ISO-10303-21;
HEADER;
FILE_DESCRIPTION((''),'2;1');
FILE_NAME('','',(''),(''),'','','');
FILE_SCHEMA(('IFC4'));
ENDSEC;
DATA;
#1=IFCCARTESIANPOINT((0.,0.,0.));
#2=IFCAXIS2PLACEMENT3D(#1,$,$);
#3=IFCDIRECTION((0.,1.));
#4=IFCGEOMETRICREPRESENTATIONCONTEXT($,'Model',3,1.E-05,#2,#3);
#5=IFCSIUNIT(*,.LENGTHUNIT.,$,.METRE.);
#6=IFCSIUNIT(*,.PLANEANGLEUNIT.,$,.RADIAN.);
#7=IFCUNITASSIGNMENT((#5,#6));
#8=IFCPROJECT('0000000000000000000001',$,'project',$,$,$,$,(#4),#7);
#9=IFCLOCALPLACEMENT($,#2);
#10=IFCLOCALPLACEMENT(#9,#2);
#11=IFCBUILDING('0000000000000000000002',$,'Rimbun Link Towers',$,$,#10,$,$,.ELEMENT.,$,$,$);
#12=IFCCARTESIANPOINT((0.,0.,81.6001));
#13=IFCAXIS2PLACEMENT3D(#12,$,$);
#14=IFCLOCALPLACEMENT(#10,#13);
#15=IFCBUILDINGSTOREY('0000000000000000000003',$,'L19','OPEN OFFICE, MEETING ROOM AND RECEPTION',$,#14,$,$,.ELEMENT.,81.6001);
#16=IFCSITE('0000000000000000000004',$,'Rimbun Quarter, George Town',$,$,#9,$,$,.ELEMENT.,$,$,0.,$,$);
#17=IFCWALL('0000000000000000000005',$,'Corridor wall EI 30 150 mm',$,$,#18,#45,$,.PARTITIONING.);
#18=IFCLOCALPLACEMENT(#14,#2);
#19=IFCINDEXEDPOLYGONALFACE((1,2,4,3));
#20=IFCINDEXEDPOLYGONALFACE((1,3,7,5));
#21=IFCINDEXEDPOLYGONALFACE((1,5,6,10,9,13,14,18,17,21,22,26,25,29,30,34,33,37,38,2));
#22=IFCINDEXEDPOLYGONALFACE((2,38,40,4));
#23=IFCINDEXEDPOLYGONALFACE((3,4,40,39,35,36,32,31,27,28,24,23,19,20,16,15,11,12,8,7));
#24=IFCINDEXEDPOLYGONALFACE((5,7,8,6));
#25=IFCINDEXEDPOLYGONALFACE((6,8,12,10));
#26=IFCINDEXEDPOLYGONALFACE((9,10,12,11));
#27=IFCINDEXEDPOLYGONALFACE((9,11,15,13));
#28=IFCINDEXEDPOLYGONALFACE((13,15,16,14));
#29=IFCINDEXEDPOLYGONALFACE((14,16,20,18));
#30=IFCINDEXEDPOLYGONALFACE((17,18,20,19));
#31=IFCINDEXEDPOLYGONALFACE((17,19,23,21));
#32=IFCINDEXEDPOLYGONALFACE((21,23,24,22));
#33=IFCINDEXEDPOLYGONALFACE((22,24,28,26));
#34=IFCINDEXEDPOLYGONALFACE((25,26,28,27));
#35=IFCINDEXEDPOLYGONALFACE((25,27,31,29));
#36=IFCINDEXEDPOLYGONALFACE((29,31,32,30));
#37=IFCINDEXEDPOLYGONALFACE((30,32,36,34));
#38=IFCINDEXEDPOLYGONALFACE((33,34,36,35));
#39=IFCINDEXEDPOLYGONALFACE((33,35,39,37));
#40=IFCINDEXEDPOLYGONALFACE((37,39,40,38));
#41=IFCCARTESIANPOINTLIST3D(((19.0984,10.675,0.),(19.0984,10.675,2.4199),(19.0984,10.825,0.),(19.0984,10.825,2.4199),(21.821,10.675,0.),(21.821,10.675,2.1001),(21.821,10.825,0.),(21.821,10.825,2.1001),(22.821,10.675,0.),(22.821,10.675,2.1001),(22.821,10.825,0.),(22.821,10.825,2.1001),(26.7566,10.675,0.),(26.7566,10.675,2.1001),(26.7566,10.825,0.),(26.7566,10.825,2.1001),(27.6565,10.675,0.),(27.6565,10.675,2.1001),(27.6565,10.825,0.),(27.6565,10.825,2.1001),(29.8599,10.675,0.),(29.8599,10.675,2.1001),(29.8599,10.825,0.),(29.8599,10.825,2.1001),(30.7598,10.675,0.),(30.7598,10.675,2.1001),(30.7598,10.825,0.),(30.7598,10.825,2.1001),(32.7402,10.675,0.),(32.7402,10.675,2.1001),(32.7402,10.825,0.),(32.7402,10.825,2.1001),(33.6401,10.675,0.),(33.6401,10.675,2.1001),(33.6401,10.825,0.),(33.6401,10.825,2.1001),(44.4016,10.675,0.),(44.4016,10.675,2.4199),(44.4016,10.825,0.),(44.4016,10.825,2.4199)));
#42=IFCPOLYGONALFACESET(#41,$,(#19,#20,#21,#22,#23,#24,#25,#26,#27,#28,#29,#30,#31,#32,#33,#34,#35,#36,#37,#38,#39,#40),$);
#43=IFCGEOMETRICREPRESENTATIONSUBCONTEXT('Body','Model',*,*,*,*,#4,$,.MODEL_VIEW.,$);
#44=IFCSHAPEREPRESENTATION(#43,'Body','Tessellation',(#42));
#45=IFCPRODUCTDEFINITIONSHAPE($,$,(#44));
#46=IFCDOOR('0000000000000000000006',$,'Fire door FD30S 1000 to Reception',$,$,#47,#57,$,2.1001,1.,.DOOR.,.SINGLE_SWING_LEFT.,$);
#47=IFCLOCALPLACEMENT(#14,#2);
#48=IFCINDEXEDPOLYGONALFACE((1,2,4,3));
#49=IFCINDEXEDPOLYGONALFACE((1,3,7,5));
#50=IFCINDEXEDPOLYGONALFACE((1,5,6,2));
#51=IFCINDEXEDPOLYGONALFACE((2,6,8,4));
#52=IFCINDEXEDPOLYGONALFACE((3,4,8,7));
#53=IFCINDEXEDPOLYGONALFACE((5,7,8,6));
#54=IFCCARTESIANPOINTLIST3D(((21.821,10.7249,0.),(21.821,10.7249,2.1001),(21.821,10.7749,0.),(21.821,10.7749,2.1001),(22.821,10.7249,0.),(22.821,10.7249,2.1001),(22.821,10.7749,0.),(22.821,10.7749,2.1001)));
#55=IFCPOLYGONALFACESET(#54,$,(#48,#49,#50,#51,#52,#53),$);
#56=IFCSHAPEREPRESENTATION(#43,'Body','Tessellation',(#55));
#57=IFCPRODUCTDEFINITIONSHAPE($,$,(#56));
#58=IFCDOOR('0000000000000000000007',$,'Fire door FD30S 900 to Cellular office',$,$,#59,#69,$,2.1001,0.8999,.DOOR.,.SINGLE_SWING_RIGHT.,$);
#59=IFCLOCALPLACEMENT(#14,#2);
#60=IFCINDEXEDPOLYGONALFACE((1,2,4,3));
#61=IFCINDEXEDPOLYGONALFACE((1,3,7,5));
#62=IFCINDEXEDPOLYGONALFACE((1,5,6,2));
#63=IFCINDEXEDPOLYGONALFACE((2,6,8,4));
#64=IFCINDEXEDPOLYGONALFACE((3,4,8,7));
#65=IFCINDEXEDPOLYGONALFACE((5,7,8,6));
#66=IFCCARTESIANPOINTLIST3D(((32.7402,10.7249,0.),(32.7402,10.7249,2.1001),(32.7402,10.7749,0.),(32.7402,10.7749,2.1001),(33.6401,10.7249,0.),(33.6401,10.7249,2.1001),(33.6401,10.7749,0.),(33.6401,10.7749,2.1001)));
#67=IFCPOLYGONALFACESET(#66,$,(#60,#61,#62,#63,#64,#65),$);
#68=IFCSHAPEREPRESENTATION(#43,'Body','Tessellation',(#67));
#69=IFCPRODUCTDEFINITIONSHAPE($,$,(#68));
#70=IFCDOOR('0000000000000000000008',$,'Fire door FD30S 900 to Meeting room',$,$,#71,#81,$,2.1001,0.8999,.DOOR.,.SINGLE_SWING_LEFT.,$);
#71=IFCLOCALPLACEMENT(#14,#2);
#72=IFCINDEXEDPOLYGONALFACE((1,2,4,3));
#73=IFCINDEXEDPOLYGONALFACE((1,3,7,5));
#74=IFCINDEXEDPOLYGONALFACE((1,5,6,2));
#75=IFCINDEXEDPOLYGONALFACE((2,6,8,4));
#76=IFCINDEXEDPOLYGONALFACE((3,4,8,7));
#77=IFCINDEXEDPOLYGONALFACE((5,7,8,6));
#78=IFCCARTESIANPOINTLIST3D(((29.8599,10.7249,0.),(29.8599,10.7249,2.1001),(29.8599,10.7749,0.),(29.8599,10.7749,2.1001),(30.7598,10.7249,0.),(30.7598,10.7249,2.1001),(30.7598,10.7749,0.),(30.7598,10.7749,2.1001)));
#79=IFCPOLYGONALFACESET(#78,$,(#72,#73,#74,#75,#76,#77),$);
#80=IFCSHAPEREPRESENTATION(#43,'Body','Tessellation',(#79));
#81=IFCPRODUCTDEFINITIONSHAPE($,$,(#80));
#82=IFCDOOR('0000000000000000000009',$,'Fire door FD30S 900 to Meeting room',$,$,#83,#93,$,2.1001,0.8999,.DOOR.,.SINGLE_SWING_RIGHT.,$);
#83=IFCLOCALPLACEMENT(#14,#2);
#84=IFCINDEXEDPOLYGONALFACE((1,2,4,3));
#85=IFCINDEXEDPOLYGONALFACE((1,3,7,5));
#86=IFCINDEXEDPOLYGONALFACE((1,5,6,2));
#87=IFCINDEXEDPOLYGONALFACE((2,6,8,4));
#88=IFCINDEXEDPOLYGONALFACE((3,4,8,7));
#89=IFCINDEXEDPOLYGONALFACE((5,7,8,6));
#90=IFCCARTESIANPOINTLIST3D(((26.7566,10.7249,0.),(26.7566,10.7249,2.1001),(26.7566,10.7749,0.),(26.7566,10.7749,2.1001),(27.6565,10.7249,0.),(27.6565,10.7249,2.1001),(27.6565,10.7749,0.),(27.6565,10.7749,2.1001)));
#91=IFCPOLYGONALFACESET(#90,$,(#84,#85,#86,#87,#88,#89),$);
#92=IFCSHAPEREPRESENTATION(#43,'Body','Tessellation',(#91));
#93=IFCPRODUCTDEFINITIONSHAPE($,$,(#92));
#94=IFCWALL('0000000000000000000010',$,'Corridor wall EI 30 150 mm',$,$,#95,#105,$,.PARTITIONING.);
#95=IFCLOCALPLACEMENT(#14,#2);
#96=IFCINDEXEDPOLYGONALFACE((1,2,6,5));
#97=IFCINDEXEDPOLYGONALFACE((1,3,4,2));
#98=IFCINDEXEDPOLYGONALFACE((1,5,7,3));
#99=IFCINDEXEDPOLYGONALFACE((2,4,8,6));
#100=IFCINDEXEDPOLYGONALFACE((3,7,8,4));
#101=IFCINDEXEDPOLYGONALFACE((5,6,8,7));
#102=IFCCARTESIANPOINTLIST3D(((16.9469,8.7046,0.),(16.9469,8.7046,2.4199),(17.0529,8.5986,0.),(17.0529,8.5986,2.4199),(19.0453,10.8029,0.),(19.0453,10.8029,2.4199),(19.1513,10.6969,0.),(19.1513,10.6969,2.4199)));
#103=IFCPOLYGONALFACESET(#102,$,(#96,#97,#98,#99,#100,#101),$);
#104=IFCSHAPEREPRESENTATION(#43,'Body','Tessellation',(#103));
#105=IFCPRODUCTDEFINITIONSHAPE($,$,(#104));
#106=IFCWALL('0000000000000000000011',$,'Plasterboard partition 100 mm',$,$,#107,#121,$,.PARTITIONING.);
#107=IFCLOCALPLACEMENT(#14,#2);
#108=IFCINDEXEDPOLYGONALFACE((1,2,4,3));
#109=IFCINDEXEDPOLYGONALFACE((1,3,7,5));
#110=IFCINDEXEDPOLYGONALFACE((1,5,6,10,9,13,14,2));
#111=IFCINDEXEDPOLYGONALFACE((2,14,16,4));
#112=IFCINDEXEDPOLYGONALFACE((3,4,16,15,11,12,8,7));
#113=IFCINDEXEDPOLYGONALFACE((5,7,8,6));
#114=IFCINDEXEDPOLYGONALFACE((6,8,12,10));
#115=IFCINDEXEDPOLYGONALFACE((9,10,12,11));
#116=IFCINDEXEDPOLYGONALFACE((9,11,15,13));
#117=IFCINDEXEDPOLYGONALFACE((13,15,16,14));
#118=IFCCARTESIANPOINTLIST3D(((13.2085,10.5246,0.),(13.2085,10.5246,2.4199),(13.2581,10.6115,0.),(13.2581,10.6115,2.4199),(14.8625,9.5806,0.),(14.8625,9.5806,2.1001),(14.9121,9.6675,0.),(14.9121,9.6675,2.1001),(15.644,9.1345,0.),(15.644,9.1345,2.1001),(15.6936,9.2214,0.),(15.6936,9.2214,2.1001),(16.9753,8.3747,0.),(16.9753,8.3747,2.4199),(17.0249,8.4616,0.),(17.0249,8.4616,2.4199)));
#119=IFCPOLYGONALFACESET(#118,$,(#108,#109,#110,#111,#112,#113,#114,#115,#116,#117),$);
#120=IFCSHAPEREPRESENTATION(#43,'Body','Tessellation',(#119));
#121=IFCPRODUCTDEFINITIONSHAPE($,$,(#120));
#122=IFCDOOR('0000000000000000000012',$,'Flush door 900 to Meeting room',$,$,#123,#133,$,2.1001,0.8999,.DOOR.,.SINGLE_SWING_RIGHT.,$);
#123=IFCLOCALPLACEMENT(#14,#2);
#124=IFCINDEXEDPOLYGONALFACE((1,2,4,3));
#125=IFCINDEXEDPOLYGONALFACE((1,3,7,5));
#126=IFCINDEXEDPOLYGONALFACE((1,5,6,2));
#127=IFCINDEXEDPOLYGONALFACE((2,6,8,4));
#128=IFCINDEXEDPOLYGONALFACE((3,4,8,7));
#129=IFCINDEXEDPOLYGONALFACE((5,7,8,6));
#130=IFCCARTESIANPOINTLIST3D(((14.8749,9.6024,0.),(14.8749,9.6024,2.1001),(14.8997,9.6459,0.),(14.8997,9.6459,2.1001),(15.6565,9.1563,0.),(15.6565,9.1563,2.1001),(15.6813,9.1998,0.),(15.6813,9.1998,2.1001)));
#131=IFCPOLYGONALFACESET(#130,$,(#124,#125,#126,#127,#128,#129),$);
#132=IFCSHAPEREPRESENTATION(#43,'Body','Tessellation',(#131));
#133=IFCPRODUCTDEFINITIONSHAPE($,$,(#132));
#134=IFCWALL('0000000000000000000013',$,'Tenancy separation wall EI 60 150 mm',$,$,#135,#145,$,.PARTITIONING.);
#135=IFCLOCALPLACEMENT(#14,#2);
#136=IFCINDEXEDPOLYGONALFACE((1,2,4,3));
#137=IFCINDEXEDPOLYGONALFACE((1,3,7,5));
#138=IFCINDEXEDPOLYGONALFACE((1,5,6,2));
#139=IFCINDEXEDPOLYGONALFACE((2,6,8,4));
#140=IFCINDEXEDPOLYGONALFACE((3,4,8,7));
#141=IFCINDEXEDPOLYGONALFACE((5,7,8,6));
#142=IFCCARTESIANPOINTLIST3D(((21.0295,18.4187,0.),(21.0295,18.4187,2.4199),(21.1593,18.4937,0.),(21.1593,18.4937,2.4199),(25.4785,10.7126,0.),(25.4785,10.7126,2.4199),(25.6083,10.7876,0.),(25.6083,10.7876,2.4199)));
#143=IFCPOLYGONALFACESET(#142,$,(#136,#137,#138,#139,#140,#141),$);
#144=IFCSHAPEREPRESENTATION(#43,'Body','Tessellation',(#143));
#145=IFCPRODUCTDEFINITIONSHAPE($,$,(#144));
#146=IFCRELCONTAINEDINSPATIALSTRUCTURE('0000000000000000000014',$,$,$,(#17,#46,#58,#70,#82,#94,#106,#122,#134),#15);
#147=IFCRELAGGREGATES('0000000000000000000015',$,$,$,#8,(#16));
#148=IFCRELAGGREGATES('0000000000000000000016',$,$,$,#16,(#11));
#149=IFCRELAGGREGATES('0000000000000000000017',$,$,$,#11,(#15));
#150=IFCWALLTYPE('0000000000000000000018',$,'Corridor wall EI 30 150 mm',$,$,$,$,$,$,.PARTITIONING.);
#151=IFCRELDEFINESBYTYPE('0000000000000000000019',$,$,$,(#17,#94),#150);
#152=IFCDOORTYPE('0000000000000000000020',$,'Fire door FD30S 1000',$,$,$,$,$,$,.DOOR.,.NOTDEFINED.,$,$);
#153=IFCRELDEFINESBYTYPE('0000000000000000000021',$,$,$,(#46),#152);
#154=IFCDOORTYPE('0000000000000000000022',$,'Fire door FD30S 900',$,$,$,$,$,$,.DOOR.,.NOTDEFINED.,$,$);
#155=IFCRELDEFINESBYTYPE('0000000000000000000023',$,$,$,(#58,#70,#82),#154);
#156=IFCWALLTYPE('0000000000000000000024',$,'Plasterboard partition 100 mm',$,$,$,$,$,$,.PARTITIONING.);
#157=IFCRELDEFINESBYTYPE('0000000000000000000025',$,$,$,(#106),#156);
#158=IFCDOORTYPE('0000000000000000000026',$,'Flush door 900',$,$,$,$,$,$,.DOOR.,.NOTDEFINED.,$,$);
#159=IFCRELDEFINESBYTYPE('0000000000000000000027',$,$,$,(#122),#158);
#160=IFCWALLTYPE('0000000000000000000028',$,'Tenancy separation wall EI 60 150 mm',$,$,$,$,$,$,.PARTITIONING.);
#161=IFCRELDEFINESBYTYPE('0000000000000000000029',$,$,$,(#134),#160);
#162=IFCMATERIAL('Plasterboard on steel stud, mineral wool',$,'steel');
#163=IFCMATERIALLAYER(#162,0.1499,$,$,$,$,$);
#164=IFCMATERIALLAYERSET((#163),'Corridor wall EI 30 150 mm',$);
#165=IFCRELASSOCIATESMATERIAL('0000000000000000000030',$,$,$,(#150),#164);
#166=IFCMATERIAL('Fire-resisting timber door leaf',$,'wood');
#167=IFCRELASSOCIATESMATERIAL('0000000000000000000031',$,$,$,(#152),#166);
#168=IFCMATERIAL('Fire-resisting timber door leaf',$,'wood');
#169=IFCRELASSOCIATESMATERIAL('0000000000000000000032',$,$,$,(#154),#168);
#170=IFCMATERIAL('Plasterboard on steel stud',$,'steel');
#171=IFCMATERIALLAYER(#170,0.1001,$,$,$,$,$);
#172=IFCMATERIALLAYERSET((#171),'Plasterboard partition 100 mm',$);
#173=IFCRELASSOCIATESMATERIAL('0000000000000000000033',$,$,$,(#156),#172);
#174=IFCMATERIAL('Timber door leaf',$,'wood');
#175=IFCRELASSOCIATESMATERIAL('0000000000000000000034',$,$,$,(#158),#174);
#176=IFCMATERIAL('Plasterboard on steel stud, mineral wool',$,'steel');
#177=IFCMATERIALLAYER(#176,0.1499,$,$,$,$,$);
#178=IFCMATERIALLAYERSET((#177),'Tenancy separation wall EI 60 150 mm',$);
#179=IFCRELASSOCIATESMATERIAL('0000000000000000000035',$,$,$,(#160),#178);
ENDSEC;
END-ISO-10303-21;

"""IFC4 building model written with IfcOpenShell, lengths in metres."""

from ifc_helpers import new_model, si_unit, direction, frame, frame_2d, origin, place, context, subcontext, project, spatial, rectangle, extrude, material, layer, layer_set, type_object, element, fill, save


model = new_model("IFC4")

# Units and contexts
model_context = context("Model", 3, precision=1e-05, world=origin(), true_north=direction((0.0, 1.0)))
body_context = subcontext(model_context, "Body", "Model", "MODEL_VIEW")
ifc_project = project(units=[si_unit("LENGTHUNIT", "METRE"), si_unit("PLANEANGLEUNIT", "RADIAN")], contexts=[model_context])

# Site, building, storey
site_placement = place(None, origin())
site = spatial("IfcSite", under=ifc_project, at=site_placement, Name="Rimbun Quarter, George Town", CompositionType="ELEMENT", RefElevation=0.0)
building_placement = place(site_placement, origin())
building = spatial("IfcBuilding", under=site, at=building_placement, Name="Rimbun Link Towers", CompositionType="ELEMENT")
storey_placement = place(building_placement, frame((0.0, 0.0, 81.6001)))
storey = spatial("IfcBuildingStorey", under=building, at=storey_placement, Name="L19", Description="OPEN OFFICE, MEETING ROOM AND RECEPTION", CompositionType="ELEMENT", Elevation=81.6001)

# Wall, openings, doors
ifc_material_1 = material(Name="Plasterboard on steel stud, mineral wool", Category="steel")
ifc_layer_1 = layer(ifc_material_1, 0.1499)
ifc_layer_set_1 = layer_set([ifc_layer_1], Name="Corridor wall EI 30 150 mm")
wall_type_1 = type_object("IfcWallType", Name="Corridor wall EI 30 150 mm", PredefinedType="PARTITIONING", material=ifc_layer_set_1)
wall_1_placement = place(storey_placement, frame((19.0984, 10.75, 0.0), z_axis=(0.0, 0.0, 1.0), x_axis=(1.0, 0.0, 0.0)))
wall_1 = element("IfcWall", 1, at=wall_1_placement, inside=storey, type_object=wall_type_1, Name="Corridor wall EI 30 150 mm", PredefinedType="PARTITIONING", context=body_context, shape_type="SweptSolid", body=[
    extrude(rectangle(XDim=25.3032, YDim=0.1499, at=frame_2d((12.6516, 0.0))), origin(), (0.0, 0.0, 1.0), 2.4199),
])
opening_1_placement = place(wall_1_placement, frame((13.6418, 0.0, 0.0)))
opening_1 = element("IfcOpeningElement", 2, at=opening_1_placement, cuts=wall_1, PredefinedType="OPENING", context=body_context, shape_type="SweptSolid", body=[
    extrude(rectangle(XDim=0.8999, YDim=2.1001, at=frame_2d((0.45, 1.05))), frame((0.0, 0.085, 0.0), z_axis=(0.0, -1.0, 0.0), x_axis=(1.0, 0.0, 0.0)), (0.0, 0.0, 1.0), 0.1699),
])
opening_2_placement = place(wall_1_placement, frame((10.7615, 0.0, 0.0)))
opening_2 = element("IfcOpeningElement", 3, at=opening_2_placement, cuts=wall_1, PredefinedType="OPENING", context=body_context, shape_type="SweptSolid", body=[
    extrude(rectangle(XDim=0.8999, YDim=2.1001, at=frame_2d((0.45, 1.05))), frame((0.0, 0.085, 0.0), z_axis=(0.0, -1.0, 0.0), x_axis=(1.0, 0.0, 0.0)), (0.0, 0.0, 1.0), 0.1699),
])
opening_3_placement = place(wall_1_placement, frame((7.6582, 0.0, 0.0)))
opening_3 = element("IfcOpeningElement", 4, at=opening_3_placement, cuts=wall_1, PredefinedType="OPENING", context=body_context, shape_type="SweptSolid", body=[
    extrude(rectangle(XDim=0.8999, YDim=2.1001, at=frame_2d((0.45, 1.05))), frame((0.0, 0.085, 0.0), z_axis=(0.0, -1.0, 0.0), x_axis=(1.0, 0.0, 0.0)), (0.0, 0.0, 1.0), 0.1699),
])
opening_4_placement = place(wall_1_placement, frame((2.7227, 0.0, 0.0)))
opening_4 = element("IfcOpeningElement", 5, at=opening_4_placement, cuts=wall_1, PredefinedType="OPENING", context=body_context, shape_type="SweptSolid", body=[
    extrude(rectangle(XDim=1.0, YDim=2.1001, at=frame_2d((0.5, 1.05))), frame((0.0, 0.085, 0.0), z_axis=(0.0, -1.0, 0.0), x_axis=(1.0, 0.0, 0.0)), (0.0, 0.0, 1.0), 0.1699),
])
ifc_material_2 = material(Name="Fire-resisting timber door leaf", Category="wood")
door_type_1 = type_object("IfcDoorType", Name="Fire door FD30S 1000", OperationType="NOTDEFINED", PredefinedType="DOOR", material=ifc_material_2)
door_1_placement = place(opening_4_placement, origin())
door_1 = element("IfcDoor", 6, at=door_1_placement, inside=storey, type_object=door_type_1, Name="Fire door FD30S 1000 to Reception", OperationType="SINGLE_SWING_LEFT", OverallHeight=2.1001, OverallWidth=1.0, PredefinedType="DOOR", context=body_context, shape_type="SweptSolid", body=[
    extrude(rectangle(XDim=1.0, YDim=2.1001, at=frame_2d((0.5, 1.05))), frame((0.0, 0.0249, 0.0), z_axis=(0.0, -1.0, 0.0), x_axis=(1.0, 0.0, 0.0)), (0.0, 0.0, 1.0), 0.05),
])
fill(opening_4, door_1)
ifc_material_3 = material(Name="Fire-resisting timber door leaf", Category="wood")
door_type_2 = type_object("IfcDoorType", Name="Fire door FD30S 900", OperationType="NOTDEFINED", PredefinedType="DOOR", material=ifc_material_3)
door_2_placement = place(opening_1_placement, origin())
door_2 = element("IfcDoor", 7, at=door_2_placement, inside=storey, type_object=door_type_2, Name="Fire door FD30S 900 to Cellular office", OperationType="SINGLE_SWING_RIGHT", OverallHeight=2.1001, OverallWidth=0.8999, PredefinedType="DOOR", context=body_context, shape_type="SweptSolid", body=[
    extrude(rectangle(XDim=0.8999, YDim=2.1001, at=frame_2d((0.45, 1.05))), frame((0.0, 0.0249, 0.0), z_axis=(0.0, -1.0, 0.0), x_axis=(1.0, 0.0, 0.0)), (0.0, 0.0, 1.0), 0.05),
])
fill(opening_1, door_2)
door_3_placement = place(opening_2_placement, origin())
door_3 = element("IfcDoor", 8, at=door_3_placement, inside=storey, type_object=door_type_2, Name="Fire door FD30S 900 to Meeting room", OperationType="SINGLE_SWING_LEFT", OverallHeight=2.1001, OverallWidth=0.8999, PredefinedType="DOOR", context=body_context, shape_type="SweptSolid", body=[
    extrude(rectangle(XDim=0.8999, YDim=2.1001, at=frame_2d((0.45, 1.05))), frame((0.0, 0.0249, 0.0), z_axis=(0.0, -1.0, 0.0), x_axis=(1.0, 0.0, 0.0)), (0.0, 0.0, 1.0), 0.05),
])
fill(opening_2, door_3)
door_4_placement = place(opening_3_placement, origin())
door_4 = element("IfcDoor", 9, at=door_4_placement, inside=storey, type_object=door_type_2, Name="Fire door FD30S 900 to Meeting room", OperationType="SINGLE_SWING_RIGHT", OverallHeight=2.1001, OverallWidth=0.8999, PredefinedType="DOOR", context=body_context, shape_type="SweptSolid", body=[
    extrude(rectangle(XDim=0.8999, YDim=2.1001, at=frame_2d((0.45, 1.05))), frame((0.0, 0.0249, 0.0), z_axis=(0.0, -1.0, 0.0), x_axis=(1.0, 0.0, 0.0)), (0.0, 0.0, 1.0), 0.05),
])
fill(opening_3, door_4)

# Wall
wall_2_placement = place(storey_placement, frame((19.0984, 10.75, 0.0), z_axis=(0.0, 0.0, 1.0), x_axis=(-0.707107, -0.707107, 0.0)))
element("IfcWall", 10, at=wall_2_placement, inside=storey, type_object=wall_type_1, Name="Corridor wall EI 30 150 mm", PredefinedType="PARTITIONING", context=body_context, shape_type="SweptSolid", body=[
    extrude(rectangle(XDim=2.9675, YDim=0.1499, at=frame_2d((1.4839, 0.0))), origin(), (0.0, 0.0, 1.0), 2.4199),
])

# Wall, opening, door
ifc_material_4 = material(Name="Plasterboard on steel stud", Category="steel")
ifc_layer_2 = layer(ifc_material_4, 0.1001)
ifc_layer_set_2 = layer_set([ifc_layer_2], Name="Plasterboard partition 100 mm")
wall_type_2 = type_object("IfcWallType", Name="Plasterboard partition 100 mm", PredefinedType="PARTITIONING", material=ifc_layer_set_2)
wall_3_placement = place(storey_placement, frame((17.0, 8.4182, 0.0), z_axis=(0.0, 0.0, 1.0), x_axis=(-0.868499, 0.49569, 0.0)))
wall_3 = element("IfcWall", 11, at=wall_3_placement, inside=storey, type_object=wall_type_2, Name="Plasterboard partition 100 mm", PredefinedType="PARTITIONING", context=body_context, shape_type="SweptSolid", body=[
    extrude(rectangle(XDim=4.3372, YDim=0.1001, at=frame_2d((2.1685, 0.0))), origin(), (0.0, 0.0, 1.0), 2.4199),
])
opening_5_placement = place(wall_3_placement, frame((1.5327, 0.0, 0.0)))
opening_5 = element("IfcOpeningElement", 12, at=opening_5_placement, cuts=wall_3, PredefinedType="OPENING", context=body_context, shape_type="SweptSolid", body=[
    extrude(rectangle(XDim=0.8999, YDim=2.1001, at=frame_2d((0.45, 1.05))), frame((0.0, 0.0601, 0.0), z_axis=(0.0, -1.0, 0.0), x_axis=(1.0, 0.0, 0.0)), (0.0, 0.0, 1.0), 0.1201),
])
ifc_material_5 = material(Name="Timber door leaf", Category="wood")
door_type_3 = type_object("IfcDoorType", Name="Flush door 900", OperationType="NOTDEFINED", PredefinedType="DOOR", material=ifc_material_5)
door_5_placement = place(opening_5_placement, origin())
door_5 = element("IfcDoor", 13, at=door_5_placement, inside=storey, type_object=door_type_3, Name="Flush door 900 to Meeting room", OperationType="SINGLE_SWING_RIGHT", OverallHeight=2.1001, OverallWidth=0.8999, PredefinedType="DOOR", context=body_context, shape_type="SweptSolid", body=[
    extrude(rectangle(XDim=0.8999, YDim=2.1001, at=frame_2d((0.45, 1.05))), frame((0.0, 0.0249, 0.0), z_axis=(0.0, -1.0, 0.0), x_axis=(1.0, 0.0, 0.0)), (0.0, 0.0, 1.0), 0.05),
])
fill(opening_5, door_5)

# Wall
ifc_material_6 = material(Name="Plasterboard on steel stud, mineral wool", Category="steel")
ifc_layer_3 = layer(ifc_material_6, 0.1499)
ifc_layer_set_3 = layer_set([ifc_layer_3], Name="Tenancy separation wall EI 60 150 mm")
wall_type_3 = type_object("IfcWallType", Name="Tenancy separation wall EI 60 150 mm", PredefinedType="PARTITIONING", material=ifc_layer_set_3)
wall_4_placement = place(storey_placement, frame((25.5435, 10.75, 0.0), z_axis=(0.0, 0.0, 1.0), x_axis=(-0.49999, 0.866031, 0.0)))
element("IfcWall", 14, at=wall_4_placement, inside=storey, type_object=wall_type_3, Name="Tenancy separation wall EI 60 150 mm", PredefinedType="PARTITIONING", context=body_context, shape_type="SweptSolid", body=[
    extrude(rectangle(XDim=8.8982, YDim=0.1499, at=frame_2d((4.4492, 0.0))), origin(), (0.0, 0.0, 1.0), 2.4199),
])

save(model, "model.ifc")
